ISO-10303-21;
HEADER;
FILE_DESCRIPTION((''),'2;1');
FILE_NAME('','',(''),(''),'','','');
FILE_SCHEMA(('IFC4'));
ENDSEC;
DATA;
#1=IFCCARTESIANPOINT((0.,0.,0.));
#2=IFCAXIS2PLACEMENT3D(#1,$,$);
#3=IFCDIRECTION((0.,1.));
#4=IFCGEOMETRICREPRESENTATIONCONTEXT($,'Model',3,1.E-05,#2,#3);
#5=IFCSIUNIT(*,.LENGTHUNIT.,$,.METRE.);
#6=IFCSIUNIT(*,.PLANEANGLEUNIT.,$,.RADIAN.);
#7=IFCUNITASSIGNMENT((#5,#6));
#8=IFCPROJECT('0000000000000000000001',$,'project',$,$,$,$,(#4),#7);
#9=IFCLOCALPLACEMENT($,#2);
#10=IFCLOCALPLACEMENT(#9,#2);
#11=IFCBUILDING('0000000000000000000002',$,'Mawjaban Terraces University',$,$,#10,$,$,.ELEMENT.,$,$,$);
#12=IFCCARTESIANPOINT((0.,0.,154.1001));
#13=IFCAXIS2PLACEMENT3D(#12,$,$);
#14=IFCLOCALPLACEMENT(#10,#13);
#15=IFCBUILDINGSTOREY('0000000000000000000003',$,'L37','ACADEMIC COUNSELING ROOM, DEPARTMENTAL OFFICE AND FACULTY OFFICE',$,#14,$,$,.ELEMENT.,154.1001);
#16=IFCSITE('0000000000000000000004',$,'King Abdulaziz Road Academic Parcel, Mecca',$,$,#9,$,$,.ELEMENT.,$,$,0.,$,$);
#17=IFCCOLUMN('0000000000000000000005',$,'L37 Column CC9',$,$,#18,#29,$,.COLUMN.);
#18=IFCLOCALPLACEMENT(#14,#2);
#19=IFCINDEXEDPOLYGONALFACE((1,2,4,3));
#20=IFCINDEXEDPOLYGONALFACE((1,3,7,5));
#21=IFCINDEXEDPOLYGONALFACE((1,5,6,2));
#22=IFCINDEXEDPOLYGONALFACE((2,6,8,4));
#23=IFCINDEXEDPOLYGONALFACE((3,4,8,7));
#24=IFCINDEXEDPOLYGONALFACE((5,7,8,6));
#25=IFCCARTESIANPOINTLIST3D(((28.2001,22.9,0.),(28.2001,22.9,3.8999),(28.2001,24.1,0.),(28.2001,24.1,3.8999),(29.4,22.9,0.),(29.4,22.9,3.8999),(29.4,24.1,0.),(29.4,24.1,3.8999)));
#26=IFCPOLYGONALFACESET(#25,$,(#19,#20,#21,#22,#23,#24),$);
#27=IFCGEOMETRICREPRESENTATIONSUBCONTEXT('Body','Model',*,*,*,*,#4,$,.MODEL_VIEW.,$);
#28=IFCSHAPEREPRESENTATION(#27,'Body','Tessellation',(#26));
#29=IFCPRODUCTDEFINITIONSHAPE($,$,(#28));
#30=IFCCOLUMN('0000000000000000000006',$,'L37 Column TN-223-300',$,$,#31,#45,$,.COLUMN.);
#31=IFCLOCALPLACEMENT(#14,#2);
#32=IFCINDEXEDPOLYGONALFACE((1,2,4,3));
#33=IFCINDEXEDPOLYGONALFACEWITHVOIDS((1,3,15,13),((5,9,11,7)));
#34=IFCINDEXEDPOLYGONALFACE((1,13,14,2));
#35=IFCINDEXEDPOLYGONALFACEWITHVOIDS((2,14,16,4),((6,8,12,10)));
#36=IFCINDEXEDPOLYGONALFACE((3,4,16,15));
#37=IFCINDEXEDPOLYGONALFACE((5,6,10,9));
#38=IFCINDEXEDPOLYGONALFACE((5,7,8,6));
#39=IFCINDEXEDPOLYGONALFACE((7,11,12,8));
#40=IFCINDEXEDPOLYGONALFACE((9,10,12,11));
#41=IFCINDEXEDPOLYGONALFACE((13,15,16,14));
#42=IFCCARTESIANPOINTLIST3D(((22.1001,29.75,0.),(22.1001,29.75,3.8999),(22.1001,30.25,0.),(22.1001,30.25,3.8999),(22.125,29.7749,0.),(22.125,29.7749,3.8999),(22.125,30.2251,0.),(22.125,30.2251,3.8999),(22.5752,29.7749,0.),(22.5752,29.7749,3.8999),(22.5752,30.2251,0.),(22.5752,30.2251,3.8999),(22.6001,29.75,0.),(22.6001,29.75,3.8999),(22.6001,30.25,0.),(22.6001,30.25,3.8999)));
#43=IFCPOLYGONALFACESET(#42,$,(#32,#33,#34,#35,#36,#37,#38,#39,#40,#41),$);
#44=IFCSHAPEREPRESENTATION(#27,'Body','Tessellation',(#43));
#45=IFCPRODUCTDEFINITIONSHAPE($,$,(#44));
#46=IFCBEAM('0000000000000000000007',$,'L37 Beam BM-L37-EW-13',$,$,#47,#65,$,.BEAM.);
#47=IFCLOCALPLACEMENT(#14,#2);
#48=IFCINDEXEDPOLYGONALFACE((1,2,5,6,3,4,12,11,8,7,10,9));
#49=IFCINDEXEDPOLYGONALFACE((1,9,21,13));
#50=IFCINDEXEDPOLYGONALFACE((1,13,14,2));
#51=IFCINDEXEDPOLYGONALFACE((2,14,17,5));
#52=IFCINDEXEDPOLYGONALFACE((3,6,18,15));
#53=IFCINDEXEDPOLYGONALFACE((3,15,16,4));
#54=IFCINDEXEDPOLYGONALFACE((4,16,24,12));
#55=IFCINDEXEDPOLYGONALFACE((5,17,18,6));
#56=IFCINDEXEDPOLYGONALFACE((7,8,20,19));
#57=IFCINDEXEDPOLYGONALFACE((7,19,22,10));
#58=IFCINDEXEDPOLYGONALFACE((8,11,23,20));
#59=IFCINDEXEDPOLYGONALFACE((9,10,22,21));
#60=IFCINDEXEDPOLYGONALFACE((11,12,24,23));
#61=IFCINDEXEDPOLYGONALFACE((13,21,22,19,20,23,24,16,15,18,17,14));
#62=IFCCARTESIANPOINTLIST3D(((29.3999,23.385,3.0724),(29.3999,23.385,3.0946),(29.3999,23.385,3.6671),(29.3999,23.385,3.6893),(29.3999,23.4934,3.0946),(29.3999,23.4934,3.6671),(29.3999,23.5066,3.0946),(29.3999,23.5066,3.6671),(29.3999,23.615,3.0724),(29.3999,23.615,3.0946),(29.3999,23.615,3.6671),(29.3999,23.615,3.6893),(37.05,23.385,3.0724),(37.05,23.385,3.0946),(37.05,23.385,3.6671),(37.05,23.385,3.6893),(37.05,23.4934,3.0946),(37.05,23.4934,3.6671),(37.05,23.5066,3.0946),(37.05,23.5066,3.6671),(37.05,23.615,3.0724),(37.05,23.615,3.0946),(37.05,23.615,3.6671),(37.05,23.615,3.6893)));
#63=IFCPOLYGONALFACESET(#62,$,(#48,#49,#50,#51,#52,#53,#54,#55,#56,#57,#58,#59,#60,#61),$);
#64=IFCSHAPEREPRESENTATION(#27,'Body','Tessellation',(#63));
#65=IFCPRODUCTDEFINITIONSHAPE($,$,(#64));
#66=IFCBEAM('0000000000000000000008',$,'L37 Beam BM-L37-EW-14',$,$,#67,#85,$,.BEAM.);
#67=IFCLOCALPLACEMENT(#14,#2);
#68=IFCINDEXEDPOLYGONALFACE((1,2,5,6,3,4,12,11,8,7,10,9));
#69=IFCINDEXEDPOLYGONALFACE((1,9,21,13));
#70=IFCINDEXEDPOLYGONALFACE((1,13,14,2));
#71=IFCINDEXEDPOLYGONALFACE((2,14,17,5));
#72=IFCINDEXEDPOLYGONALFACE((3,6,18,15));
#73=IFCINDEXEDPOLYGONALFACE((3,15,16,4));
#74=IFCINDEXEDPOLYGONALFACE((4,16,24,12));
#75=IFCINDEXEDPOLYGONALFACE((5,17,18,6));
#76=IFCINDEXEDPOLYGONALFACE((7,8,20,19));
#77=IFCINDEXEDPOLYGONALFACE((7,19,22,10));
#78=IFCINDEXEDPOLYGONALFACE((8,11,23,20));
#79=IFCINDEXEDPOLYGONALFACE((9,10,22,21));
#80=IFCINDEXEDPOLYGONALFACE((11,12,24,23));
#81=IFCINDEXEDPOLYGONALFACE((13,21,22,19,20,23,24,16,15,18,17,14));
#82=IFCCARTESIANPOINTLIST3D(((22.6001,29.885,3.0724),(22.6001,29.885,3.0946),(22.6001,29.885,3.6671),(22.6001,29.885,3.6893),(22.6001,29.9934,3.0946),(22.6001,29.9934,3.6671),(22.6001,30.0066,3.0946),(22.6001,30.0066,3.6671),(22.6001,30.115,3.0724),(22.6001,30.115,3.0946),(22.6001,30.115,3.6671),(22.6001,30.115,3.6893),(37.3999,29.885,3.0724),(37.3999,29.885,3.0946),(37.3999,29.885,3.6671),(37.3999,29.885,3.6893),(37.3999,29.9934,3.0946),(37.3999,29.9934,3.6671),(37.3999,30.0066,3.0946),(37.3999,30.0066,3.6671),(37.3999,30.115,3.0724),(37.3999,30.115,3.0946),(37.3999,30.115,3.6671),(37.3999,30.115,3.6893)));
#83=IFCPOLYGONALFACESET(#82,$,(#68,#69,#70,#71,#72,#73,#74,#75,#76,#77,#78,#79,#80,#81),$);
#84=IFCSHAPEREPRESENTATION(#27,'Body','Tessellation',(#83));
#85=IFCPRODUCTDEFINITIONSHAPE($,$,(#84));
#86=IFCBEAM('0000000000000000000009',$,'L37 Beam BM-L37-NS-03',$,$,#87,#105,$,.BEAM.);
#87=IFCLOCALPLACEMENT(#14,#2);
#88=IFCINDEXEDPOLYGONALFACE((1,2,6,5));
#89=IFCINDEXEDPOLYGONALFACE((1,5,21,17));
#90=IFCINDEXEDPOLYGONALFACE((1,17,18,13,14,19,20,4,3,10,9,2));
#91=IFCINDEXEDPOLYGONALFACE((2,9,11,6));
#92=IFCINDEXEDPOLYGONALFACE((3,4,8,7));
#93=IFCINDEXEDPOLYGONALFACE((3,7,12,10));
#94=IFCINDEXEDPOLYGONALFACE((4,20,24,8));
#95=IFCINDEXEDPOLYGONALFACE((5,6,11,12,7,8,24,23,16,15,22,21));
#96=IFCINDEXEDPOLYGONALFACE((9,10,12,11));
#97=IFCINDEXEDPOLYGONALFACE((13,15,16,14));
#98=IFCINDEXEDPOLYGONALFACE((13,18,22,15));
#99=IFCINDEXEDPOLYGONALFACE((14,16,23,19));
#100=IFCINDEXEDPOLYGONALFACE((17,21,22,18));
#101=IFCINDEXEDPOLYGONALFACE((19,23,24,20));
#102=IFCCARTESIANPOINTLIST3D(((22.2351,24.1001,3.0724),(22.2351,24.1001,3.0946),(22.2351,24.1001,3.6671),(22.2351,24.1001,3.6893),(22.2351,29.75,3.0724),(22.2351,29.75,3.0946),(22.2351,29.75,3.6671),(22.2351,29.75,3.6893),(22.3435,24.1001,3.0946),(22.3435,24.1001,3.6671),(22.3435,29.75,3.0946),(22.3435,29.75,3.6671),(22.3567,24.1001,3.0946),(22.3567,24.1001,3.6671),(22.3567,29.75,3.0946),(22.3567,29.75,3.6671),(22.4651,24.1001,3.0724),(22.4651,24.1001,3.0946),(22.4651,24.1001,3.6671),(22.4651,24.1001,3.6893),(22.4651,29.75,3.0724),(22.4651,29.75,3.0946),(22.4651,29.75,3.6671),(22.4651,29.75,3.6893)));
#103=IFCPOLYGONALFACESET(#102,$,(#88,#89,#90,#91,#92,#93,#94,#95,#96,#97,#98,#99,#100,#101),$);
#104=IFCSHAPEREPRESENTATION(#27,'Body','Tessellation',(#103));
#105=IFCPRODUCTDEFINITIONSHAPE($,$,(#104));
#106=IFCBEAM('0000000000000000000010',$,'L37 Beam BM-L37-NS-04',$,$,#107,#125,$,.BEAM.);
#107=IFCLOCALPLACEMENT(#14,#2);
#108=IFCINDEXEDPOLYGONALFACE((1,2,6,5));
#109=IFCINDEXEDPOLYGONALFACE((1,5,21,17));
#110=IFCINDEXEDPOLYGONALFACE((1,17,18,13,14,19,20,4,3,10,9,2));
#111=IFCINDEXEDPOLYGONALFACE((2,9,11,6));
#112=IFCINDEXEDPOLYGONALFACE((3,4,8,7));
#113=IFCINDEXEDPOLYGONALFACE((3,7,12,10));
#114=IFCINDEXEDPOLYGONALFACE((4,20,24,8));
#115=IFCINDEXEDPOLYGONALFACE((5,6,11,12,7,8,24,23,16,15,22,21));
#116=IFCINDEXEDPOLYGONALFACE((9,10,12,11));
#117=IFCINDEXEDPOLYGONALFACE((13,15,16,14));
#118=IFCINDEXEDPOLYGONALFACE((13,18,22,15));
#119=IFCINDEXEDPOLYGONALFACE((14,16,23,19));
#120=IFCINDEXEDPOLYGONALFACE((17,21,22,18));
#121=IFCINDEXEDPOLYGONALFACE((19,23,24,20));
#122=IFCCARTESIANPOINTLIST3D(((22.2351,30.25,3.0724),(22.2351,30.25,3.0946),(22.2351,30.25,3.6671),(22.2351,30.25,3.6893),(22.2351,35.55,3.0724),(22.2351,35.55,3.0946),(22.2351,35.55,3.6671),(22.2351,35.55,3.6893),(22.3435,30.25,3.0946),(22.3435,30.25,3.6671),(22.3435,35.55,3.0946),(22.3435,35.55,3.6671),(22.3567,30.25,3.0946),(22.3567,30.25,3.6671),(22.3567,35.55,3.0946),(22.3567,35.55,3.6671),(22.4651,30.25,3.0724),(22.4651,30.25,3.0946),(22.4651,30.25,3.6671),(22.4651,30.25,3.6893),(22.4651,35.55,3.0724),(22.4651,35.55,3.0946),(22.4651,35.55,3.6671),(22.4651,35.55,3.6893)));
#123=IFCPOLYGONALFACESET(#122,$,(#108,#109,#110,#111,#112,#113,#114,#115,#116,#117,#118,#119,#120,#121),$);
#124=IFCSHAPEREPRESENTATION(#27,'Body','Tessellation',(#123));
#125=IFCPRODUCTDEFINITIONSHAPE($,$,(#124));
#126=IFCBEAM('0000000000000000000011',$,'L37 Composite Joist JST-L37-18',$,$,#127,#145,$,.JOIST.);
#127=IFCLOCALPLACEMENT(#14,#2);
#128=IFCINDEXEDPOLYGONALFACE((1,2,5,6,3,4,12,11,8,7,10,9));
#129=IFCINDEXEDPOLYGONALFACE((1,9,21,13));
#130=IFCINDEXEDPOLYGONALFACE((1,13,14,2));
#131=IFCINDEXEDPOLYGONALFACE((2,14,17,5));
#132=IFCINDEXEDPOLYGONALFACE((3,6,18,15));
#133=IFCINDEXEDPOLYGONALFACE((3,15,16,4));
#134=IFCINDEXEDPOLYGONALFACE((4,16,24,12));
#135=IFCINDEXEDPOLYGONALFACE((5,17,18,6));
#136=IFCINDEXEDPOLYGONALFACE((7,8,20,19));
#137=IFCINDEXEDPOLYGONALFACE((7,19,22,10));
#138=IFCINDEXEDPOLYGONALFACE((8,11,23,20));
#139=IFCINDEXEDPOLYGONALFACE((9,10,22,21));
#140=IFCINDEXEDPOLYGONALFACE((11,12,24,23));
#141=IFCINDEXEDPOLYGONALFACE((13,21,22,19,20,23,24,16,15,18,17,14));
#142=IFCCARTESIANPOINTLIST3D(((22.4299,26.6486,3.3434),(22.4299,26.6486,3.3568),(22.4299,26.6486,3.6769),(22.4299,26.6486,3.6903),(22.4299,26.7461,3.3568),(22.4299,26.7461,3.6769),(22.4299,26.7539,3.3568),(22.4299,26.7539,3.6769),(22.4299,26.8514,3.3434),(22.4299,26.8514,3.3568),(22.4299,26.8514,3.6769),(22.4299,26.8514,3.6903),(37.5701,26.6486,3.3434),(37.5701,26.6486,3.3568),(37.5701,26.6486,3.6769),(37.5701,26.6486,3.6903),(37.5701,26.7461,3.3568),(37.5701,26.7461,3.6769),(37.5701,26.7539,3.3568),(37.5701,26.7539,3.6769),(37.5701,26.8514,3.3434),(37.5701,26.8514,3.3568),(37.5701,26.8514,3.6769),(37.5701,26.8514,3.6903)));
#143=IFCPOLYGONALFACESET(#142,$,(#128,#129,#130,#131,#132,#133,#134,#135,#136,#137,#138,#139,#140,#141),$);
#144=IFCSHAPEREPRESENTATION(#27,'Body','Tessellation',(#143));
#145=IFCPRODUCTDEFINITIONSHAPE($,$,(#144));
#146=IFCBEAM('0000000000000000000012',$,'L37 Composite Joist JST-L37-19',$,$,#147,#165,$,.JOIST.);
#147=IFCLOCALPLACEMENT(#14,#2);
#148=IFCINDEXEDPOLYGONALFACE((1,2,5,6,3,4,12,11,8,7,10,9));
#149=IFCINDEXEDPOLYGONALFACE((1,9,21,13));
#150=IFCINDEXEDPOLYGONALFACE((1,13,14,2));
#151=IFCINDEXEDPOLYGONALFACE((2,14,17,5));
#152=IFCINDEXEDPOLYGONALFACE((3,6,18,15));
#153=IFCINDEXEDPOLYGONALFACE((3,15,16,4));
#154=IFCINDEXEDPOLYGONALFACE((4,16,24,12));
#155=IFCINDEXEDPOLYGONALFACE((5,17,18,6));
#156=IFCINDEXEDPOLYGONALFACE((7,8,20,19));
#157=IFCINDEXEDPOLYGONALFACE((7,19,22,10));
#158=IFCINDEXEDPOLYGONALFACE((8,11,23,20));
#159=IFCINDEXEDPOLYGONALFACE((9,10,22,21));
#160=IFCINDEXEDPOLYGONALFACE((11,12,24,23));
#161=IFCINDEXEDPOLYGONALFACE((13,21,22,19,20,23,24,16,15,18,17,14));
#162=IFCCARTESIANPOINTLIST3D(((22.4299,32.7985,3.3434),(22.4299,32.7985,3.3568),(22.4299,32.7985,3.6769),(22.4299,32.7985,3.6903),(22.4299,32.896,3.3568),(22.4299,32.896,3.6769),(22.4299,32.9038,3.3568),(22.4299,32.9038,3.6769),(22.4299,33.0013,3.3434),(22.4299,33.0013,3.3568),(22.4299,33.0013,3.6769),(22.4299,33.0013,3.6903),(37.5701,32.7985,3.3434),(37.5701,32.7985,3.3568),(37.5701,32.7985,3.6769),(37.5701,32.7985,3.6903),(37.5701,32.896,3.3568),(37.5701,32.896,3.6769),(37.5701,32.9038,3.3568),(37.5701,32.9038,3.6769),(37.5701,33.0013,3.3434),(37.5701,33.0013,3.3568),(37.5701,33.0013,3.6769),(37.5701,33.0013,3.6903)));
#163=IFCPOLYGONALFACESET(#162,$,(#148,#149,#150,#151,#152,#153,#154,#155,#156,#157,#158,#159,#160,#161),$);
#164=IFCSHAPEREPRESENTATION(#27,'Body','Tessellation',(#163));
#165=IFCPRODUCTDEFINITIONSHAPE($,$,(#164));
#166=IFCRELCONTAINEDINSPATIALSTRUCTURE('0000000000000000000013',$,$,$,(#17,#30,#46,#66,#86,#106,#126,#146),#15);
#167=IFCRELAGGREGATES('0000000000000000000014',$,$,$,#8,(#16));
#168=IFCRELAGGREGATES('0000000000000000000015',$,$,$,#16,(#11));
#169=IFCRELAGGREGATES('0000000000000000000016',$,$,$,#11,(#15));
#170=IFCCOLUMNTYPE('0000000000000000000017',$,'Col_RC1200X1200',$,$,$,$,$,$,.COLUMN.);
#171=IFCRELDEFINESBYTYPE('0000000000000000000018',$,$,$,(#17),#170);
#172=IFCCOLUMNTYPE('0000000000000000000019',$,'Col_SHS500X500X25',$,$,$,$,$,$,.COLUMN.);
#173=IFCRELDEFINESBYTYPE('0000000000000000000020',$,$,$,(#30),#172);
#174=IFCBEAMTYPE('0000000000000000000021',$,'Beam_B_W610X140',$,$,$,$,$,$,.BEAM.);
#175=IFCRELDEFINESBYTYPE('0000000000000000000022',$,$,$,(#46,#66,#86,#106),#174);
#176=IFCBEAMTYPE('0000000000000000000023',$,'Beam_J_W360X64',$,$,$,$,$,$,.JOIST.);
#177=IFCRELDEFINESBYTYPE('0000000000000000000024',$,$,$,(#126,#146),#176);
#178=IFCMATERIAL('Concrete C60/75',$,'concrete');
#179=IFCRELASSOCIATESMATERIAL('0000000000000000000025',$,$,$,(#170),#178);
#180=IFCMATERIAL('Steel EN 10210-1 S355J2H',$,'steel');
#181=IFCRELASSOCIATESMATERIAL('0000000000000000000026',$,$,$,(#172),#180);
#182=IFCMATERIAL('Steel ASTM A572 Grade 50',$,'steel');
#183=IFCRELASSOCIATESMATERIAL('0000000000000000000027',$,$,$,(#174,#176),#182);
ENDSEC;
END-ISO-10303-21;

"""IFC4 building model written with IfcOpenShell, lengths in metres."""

from ifc_helpers import new_model, si_unit, direction, frame, origin, origin_2d, place, context, subcontext, project, spatial, rectangle, hollow_rectangle, i_section, extrude, material, material_profile, profile_set, type_object, element, save


model = new_model("IFC4")

# Units and contexts
model_context = context("Model", 3, precision=1e-05, world=origin(), true_north=direction((0.0, 1.0)))
body_context = subcontext(model_context, "Body", "Model", "MODEL_VIEW")
ifc_project = project(units=[si_unit("LENGTHUNIT", "METRE"), si_unit("PLANEANGLEUNIT", "RADIAN")], contexts=[model_context])

# Site, building, storey
site_placement = place(None, origin())
site = spatial("IfcSite", under=ifc_project, at=site_placement, Name="King Abdulaziz Road Academic Parcel, Mecca", CompositionType="ELEMENT", RefElevation=0.0)
building_placement = place(site_placement, origin())
building = spatial("IfcBuilding", under=site, at=building_placement, Name="Mawjaban Terraces University", CompositionType="ELEMENT")
storey_placement = place(building_placement, frame((0.0, 0.0, 154.1001)))
storey = spatial("IfcBuildingStorey", under=building, at=storey_placement, Name="L37", Description="ACADEMIC COUNSELING ROOM, DEPARTMENTAL OFFICE AND FACULTY OFFICE", CompositionType="ELEMENT", Elevation=154.1001)

# Columns
ifc_material_1 = material(Name="Concrete C60/75", Category="concrete")
ifc_material_profile_1 = material_profile(ifc_material_1, rectangle(XDim=1.2, YDim=1.2, at=origin_2d()), Name="RC1200X1200")
ifc_profile_set_1 = profile_set([ifc_material_profile_1], Name="Concrete C60/75")
column_type_1 = type_object("IfcColumnType", Name="Col_RC1200X1200", PredefinedType="COLUMN", material=ifc_profile_set_1)
column_1_placement = place(storey_placement, frame((28.8, 23.5, 0.0), z_axis=(0.0, 0.0, 1.0), x_axis=(1.0, 0.0, 0.0)))
element("IfcColumn", 1, at=column_1_placement, inside=storey, type_object=column_type_1, Name="L37 Column CC9", PredefinedType="COLUMN", context=body_context, shape_type="SweptSolid", body=[
    extrude(rectangle(XDim=1.2, YDim=1.2, at=origin_2d()), origin(), (0.0, 0.0, 1.0), 3.8999),
])
ifc_material_2 = material(Name="Steel EN 10210-1 S355J2H", Category="steel")
ifc_material_profile_2 = material_profile(ifc_material_2, hollow_rectangle(XDim=0.5, YDim=0.5, WallThickness=0.0249, at=origin_2d()), Name="SHS500X500X25")
ifc_profile_set_2 = profile_set([ifc_material_profile_2], Name="Steel EN 10210-1 S355J2H")
column_type_2 = type_object("IfcColumnType", Name="Col_SHS500X500X25", PredefinedType="COLUMN", material=ifc_profile_set_2)
column_2_placement = place(storey_placement, frame((22.3501, 30.0, 0.0), z_axis=(0.0, 0.0, 1.0), x_axis=(1.0, 0.0, 0.0)))
element("IfcColumn", 2, at=column_2_placement, inside=storey, type_object=column_type_2, Name="L37 Column TN-223-300", PredefinedType="COLUMN", context=body_context, shape_type="SweptSolid", body=[
    extrude(hollow_rectangle(XDim=0.5, YDim=0.5, WallThickness=0.0249, at=origin_2d()), origin(), (0.0, 0.0, 1.0), 3.8999),
])

# Beams
ifc_material_3 = material(Name="Steel ASTM A572 Grade 50", Category="steel")
ifc_material_profile_3 = material_profile(ifc_material_3, i_section(OverallWidth=0.23, OverallDepth=0.6169, WebThickness=0.0132, FlangeThickness=0.0222, at=origin_2d()), Name="W610X140")
ifc_profile_set_3 = profile_set([ifc_material_profile_3], Name="Steel ASTM A572 Grade 50")
beam_type_1 = type_object("IfcBeamType", Name="Beam_B_W610X140", PredefinedType="BEAM", material=ifc_profile_set_3)
beam_1_placement = place(storey_placement, frame((29.3999, 23.5, 3.3809), z_axis=(1.0, 0.0, 0.0), x_axis=(0.0, 1.0, 0.0)))
element("IfcBeam", 3, at=beam_1_placement, inside=storey, type_object=beam_type_1, Name="L37 Beam BM-L37-EW-13", PredefinedType="BEAM", context=body_context, shape_type="SweptSolid", body=[
    extrude(i_section(OverallWidth=0.23, OverallDepth=0.6169, WebThickness=0.0132, FlangeThickness=0.0222, at=origin_2d()), origin(), (0.0, 0.0, 1.0), 7.6501),
])
beam_2_placement = place(storey_placement, frame((22.6001, 30.0, 3.3809), z_axis=(1.0, 0.0, 0.0), x_axis=(0.0, 1.0, 0.0)))
element("IfcBeam", 4, at=beam_2_placement, inside=storey, type_object=beam_type_1, Name="L37 Beam BM-L37-EW-14", PredefinedType="BEAM", context=body_context, shape_type="SweptSolid", body=[
    extrude(i_section(OverallWidth=0.23, OverallDepth=0.6169, WebThickness=0.0132, FlangeThickness=0.0222, at=origin_2d()), origin(), (0.0, 0.0, 1.0), 14.7998),
])
beam_3_placement = place(storey_placement, frame((22.3501, 24.1001, 3.3809), z_axis=(0.0, 1.0, 0.0), x_axis=(-1.0, 0.0, 0.0)))
element("IfcBeam", 5, at=beam_3_placement, inside=storey, type_object=beam_type_1, Name="L37 Beam BM-L37-NS-03", PredefinedType="BEAM", context=body_context, shape_type="SweptSolid", body=[
    extrude(i_section(OverallWidth=0.23, OverallDepth=0.6169, WebThickness=0.0132, FlangeThickness=0.0222, at=origin_2d()), origin(), (0.0, 0.0, 1.0), 5.6499),
])
beam_4_placement = place(storey_placement, frame((22.3501, 30.25, 3.3809), z_axis=(0.0, 1.0, 0.0), x_axis=(-1.0, 0.0, 0.0)))
element("IfcBeam", 6, at=beam_4_placement, inside=storey, type_object=beam_type_1, Name="L37 Beam BM-L37-NS-04", PredefinedType="BEAM", context=body_context, shape_type="SweptSolid", body=[
    extrude(i_section(OverallWidth=0.23, OverallDepth=0.6169, WebThickness=0.0132, FlangeThickness=0.0222, at=origin_2d()), origin(), (0.0, 0.0, 1.0), 5.3),
])
ifc_material_profile_4 = material_profile(ifc_material_3, i_section(OverallWidth=0.2029, OverallDepth=0.3469, WebThickness=0.0078, FlangeThickness=0.0134, at=origin_2d()), Name="W360X64")
ifc_profile_set_4 = profile_set([ifc_material_profile_4], Name="Steel ASTM A572 Grade 50")
beam_type_2 = type_object("IfcBeamType", Name="Beam_J_W360X64", PredefinedType="JOIST", material=ifc_profile_set_4)
for number, where, z_axis, x_axis, name in (
    (7, (22.4299, 26.75, 3.5168), (1.0, 0.0, 0.0), (0.0, 1.0, 0.0), "L37 Composite Joist JST-L37-18"),
    (8, (22.4299, 32.8999, 3.5168), (1.0, 0.0, 0.0), (0.0, 1.0, 0.0), "L37 Composite Joist JST-L37-19"),
):
    element("IfcBeam", number, at=place(storey_placement, frame(where, z_axis=z_axis, x_axis=x_axis)), inside=storey, type_object=beam_type_2, Name=name, PredefinedType="JOIST", context=body_context, shape_type="SweptSolid", body=[
        extrude(i_section(OverallWidth=0.2029, OverallDepth=0.3469, WebThickness=0.0078, FlangeThickness=0.0134, at=origin_2d()), origin(), (0.0, 0.0, 1.0), 15.1401),
    ])

save(model, "model.ifc")
